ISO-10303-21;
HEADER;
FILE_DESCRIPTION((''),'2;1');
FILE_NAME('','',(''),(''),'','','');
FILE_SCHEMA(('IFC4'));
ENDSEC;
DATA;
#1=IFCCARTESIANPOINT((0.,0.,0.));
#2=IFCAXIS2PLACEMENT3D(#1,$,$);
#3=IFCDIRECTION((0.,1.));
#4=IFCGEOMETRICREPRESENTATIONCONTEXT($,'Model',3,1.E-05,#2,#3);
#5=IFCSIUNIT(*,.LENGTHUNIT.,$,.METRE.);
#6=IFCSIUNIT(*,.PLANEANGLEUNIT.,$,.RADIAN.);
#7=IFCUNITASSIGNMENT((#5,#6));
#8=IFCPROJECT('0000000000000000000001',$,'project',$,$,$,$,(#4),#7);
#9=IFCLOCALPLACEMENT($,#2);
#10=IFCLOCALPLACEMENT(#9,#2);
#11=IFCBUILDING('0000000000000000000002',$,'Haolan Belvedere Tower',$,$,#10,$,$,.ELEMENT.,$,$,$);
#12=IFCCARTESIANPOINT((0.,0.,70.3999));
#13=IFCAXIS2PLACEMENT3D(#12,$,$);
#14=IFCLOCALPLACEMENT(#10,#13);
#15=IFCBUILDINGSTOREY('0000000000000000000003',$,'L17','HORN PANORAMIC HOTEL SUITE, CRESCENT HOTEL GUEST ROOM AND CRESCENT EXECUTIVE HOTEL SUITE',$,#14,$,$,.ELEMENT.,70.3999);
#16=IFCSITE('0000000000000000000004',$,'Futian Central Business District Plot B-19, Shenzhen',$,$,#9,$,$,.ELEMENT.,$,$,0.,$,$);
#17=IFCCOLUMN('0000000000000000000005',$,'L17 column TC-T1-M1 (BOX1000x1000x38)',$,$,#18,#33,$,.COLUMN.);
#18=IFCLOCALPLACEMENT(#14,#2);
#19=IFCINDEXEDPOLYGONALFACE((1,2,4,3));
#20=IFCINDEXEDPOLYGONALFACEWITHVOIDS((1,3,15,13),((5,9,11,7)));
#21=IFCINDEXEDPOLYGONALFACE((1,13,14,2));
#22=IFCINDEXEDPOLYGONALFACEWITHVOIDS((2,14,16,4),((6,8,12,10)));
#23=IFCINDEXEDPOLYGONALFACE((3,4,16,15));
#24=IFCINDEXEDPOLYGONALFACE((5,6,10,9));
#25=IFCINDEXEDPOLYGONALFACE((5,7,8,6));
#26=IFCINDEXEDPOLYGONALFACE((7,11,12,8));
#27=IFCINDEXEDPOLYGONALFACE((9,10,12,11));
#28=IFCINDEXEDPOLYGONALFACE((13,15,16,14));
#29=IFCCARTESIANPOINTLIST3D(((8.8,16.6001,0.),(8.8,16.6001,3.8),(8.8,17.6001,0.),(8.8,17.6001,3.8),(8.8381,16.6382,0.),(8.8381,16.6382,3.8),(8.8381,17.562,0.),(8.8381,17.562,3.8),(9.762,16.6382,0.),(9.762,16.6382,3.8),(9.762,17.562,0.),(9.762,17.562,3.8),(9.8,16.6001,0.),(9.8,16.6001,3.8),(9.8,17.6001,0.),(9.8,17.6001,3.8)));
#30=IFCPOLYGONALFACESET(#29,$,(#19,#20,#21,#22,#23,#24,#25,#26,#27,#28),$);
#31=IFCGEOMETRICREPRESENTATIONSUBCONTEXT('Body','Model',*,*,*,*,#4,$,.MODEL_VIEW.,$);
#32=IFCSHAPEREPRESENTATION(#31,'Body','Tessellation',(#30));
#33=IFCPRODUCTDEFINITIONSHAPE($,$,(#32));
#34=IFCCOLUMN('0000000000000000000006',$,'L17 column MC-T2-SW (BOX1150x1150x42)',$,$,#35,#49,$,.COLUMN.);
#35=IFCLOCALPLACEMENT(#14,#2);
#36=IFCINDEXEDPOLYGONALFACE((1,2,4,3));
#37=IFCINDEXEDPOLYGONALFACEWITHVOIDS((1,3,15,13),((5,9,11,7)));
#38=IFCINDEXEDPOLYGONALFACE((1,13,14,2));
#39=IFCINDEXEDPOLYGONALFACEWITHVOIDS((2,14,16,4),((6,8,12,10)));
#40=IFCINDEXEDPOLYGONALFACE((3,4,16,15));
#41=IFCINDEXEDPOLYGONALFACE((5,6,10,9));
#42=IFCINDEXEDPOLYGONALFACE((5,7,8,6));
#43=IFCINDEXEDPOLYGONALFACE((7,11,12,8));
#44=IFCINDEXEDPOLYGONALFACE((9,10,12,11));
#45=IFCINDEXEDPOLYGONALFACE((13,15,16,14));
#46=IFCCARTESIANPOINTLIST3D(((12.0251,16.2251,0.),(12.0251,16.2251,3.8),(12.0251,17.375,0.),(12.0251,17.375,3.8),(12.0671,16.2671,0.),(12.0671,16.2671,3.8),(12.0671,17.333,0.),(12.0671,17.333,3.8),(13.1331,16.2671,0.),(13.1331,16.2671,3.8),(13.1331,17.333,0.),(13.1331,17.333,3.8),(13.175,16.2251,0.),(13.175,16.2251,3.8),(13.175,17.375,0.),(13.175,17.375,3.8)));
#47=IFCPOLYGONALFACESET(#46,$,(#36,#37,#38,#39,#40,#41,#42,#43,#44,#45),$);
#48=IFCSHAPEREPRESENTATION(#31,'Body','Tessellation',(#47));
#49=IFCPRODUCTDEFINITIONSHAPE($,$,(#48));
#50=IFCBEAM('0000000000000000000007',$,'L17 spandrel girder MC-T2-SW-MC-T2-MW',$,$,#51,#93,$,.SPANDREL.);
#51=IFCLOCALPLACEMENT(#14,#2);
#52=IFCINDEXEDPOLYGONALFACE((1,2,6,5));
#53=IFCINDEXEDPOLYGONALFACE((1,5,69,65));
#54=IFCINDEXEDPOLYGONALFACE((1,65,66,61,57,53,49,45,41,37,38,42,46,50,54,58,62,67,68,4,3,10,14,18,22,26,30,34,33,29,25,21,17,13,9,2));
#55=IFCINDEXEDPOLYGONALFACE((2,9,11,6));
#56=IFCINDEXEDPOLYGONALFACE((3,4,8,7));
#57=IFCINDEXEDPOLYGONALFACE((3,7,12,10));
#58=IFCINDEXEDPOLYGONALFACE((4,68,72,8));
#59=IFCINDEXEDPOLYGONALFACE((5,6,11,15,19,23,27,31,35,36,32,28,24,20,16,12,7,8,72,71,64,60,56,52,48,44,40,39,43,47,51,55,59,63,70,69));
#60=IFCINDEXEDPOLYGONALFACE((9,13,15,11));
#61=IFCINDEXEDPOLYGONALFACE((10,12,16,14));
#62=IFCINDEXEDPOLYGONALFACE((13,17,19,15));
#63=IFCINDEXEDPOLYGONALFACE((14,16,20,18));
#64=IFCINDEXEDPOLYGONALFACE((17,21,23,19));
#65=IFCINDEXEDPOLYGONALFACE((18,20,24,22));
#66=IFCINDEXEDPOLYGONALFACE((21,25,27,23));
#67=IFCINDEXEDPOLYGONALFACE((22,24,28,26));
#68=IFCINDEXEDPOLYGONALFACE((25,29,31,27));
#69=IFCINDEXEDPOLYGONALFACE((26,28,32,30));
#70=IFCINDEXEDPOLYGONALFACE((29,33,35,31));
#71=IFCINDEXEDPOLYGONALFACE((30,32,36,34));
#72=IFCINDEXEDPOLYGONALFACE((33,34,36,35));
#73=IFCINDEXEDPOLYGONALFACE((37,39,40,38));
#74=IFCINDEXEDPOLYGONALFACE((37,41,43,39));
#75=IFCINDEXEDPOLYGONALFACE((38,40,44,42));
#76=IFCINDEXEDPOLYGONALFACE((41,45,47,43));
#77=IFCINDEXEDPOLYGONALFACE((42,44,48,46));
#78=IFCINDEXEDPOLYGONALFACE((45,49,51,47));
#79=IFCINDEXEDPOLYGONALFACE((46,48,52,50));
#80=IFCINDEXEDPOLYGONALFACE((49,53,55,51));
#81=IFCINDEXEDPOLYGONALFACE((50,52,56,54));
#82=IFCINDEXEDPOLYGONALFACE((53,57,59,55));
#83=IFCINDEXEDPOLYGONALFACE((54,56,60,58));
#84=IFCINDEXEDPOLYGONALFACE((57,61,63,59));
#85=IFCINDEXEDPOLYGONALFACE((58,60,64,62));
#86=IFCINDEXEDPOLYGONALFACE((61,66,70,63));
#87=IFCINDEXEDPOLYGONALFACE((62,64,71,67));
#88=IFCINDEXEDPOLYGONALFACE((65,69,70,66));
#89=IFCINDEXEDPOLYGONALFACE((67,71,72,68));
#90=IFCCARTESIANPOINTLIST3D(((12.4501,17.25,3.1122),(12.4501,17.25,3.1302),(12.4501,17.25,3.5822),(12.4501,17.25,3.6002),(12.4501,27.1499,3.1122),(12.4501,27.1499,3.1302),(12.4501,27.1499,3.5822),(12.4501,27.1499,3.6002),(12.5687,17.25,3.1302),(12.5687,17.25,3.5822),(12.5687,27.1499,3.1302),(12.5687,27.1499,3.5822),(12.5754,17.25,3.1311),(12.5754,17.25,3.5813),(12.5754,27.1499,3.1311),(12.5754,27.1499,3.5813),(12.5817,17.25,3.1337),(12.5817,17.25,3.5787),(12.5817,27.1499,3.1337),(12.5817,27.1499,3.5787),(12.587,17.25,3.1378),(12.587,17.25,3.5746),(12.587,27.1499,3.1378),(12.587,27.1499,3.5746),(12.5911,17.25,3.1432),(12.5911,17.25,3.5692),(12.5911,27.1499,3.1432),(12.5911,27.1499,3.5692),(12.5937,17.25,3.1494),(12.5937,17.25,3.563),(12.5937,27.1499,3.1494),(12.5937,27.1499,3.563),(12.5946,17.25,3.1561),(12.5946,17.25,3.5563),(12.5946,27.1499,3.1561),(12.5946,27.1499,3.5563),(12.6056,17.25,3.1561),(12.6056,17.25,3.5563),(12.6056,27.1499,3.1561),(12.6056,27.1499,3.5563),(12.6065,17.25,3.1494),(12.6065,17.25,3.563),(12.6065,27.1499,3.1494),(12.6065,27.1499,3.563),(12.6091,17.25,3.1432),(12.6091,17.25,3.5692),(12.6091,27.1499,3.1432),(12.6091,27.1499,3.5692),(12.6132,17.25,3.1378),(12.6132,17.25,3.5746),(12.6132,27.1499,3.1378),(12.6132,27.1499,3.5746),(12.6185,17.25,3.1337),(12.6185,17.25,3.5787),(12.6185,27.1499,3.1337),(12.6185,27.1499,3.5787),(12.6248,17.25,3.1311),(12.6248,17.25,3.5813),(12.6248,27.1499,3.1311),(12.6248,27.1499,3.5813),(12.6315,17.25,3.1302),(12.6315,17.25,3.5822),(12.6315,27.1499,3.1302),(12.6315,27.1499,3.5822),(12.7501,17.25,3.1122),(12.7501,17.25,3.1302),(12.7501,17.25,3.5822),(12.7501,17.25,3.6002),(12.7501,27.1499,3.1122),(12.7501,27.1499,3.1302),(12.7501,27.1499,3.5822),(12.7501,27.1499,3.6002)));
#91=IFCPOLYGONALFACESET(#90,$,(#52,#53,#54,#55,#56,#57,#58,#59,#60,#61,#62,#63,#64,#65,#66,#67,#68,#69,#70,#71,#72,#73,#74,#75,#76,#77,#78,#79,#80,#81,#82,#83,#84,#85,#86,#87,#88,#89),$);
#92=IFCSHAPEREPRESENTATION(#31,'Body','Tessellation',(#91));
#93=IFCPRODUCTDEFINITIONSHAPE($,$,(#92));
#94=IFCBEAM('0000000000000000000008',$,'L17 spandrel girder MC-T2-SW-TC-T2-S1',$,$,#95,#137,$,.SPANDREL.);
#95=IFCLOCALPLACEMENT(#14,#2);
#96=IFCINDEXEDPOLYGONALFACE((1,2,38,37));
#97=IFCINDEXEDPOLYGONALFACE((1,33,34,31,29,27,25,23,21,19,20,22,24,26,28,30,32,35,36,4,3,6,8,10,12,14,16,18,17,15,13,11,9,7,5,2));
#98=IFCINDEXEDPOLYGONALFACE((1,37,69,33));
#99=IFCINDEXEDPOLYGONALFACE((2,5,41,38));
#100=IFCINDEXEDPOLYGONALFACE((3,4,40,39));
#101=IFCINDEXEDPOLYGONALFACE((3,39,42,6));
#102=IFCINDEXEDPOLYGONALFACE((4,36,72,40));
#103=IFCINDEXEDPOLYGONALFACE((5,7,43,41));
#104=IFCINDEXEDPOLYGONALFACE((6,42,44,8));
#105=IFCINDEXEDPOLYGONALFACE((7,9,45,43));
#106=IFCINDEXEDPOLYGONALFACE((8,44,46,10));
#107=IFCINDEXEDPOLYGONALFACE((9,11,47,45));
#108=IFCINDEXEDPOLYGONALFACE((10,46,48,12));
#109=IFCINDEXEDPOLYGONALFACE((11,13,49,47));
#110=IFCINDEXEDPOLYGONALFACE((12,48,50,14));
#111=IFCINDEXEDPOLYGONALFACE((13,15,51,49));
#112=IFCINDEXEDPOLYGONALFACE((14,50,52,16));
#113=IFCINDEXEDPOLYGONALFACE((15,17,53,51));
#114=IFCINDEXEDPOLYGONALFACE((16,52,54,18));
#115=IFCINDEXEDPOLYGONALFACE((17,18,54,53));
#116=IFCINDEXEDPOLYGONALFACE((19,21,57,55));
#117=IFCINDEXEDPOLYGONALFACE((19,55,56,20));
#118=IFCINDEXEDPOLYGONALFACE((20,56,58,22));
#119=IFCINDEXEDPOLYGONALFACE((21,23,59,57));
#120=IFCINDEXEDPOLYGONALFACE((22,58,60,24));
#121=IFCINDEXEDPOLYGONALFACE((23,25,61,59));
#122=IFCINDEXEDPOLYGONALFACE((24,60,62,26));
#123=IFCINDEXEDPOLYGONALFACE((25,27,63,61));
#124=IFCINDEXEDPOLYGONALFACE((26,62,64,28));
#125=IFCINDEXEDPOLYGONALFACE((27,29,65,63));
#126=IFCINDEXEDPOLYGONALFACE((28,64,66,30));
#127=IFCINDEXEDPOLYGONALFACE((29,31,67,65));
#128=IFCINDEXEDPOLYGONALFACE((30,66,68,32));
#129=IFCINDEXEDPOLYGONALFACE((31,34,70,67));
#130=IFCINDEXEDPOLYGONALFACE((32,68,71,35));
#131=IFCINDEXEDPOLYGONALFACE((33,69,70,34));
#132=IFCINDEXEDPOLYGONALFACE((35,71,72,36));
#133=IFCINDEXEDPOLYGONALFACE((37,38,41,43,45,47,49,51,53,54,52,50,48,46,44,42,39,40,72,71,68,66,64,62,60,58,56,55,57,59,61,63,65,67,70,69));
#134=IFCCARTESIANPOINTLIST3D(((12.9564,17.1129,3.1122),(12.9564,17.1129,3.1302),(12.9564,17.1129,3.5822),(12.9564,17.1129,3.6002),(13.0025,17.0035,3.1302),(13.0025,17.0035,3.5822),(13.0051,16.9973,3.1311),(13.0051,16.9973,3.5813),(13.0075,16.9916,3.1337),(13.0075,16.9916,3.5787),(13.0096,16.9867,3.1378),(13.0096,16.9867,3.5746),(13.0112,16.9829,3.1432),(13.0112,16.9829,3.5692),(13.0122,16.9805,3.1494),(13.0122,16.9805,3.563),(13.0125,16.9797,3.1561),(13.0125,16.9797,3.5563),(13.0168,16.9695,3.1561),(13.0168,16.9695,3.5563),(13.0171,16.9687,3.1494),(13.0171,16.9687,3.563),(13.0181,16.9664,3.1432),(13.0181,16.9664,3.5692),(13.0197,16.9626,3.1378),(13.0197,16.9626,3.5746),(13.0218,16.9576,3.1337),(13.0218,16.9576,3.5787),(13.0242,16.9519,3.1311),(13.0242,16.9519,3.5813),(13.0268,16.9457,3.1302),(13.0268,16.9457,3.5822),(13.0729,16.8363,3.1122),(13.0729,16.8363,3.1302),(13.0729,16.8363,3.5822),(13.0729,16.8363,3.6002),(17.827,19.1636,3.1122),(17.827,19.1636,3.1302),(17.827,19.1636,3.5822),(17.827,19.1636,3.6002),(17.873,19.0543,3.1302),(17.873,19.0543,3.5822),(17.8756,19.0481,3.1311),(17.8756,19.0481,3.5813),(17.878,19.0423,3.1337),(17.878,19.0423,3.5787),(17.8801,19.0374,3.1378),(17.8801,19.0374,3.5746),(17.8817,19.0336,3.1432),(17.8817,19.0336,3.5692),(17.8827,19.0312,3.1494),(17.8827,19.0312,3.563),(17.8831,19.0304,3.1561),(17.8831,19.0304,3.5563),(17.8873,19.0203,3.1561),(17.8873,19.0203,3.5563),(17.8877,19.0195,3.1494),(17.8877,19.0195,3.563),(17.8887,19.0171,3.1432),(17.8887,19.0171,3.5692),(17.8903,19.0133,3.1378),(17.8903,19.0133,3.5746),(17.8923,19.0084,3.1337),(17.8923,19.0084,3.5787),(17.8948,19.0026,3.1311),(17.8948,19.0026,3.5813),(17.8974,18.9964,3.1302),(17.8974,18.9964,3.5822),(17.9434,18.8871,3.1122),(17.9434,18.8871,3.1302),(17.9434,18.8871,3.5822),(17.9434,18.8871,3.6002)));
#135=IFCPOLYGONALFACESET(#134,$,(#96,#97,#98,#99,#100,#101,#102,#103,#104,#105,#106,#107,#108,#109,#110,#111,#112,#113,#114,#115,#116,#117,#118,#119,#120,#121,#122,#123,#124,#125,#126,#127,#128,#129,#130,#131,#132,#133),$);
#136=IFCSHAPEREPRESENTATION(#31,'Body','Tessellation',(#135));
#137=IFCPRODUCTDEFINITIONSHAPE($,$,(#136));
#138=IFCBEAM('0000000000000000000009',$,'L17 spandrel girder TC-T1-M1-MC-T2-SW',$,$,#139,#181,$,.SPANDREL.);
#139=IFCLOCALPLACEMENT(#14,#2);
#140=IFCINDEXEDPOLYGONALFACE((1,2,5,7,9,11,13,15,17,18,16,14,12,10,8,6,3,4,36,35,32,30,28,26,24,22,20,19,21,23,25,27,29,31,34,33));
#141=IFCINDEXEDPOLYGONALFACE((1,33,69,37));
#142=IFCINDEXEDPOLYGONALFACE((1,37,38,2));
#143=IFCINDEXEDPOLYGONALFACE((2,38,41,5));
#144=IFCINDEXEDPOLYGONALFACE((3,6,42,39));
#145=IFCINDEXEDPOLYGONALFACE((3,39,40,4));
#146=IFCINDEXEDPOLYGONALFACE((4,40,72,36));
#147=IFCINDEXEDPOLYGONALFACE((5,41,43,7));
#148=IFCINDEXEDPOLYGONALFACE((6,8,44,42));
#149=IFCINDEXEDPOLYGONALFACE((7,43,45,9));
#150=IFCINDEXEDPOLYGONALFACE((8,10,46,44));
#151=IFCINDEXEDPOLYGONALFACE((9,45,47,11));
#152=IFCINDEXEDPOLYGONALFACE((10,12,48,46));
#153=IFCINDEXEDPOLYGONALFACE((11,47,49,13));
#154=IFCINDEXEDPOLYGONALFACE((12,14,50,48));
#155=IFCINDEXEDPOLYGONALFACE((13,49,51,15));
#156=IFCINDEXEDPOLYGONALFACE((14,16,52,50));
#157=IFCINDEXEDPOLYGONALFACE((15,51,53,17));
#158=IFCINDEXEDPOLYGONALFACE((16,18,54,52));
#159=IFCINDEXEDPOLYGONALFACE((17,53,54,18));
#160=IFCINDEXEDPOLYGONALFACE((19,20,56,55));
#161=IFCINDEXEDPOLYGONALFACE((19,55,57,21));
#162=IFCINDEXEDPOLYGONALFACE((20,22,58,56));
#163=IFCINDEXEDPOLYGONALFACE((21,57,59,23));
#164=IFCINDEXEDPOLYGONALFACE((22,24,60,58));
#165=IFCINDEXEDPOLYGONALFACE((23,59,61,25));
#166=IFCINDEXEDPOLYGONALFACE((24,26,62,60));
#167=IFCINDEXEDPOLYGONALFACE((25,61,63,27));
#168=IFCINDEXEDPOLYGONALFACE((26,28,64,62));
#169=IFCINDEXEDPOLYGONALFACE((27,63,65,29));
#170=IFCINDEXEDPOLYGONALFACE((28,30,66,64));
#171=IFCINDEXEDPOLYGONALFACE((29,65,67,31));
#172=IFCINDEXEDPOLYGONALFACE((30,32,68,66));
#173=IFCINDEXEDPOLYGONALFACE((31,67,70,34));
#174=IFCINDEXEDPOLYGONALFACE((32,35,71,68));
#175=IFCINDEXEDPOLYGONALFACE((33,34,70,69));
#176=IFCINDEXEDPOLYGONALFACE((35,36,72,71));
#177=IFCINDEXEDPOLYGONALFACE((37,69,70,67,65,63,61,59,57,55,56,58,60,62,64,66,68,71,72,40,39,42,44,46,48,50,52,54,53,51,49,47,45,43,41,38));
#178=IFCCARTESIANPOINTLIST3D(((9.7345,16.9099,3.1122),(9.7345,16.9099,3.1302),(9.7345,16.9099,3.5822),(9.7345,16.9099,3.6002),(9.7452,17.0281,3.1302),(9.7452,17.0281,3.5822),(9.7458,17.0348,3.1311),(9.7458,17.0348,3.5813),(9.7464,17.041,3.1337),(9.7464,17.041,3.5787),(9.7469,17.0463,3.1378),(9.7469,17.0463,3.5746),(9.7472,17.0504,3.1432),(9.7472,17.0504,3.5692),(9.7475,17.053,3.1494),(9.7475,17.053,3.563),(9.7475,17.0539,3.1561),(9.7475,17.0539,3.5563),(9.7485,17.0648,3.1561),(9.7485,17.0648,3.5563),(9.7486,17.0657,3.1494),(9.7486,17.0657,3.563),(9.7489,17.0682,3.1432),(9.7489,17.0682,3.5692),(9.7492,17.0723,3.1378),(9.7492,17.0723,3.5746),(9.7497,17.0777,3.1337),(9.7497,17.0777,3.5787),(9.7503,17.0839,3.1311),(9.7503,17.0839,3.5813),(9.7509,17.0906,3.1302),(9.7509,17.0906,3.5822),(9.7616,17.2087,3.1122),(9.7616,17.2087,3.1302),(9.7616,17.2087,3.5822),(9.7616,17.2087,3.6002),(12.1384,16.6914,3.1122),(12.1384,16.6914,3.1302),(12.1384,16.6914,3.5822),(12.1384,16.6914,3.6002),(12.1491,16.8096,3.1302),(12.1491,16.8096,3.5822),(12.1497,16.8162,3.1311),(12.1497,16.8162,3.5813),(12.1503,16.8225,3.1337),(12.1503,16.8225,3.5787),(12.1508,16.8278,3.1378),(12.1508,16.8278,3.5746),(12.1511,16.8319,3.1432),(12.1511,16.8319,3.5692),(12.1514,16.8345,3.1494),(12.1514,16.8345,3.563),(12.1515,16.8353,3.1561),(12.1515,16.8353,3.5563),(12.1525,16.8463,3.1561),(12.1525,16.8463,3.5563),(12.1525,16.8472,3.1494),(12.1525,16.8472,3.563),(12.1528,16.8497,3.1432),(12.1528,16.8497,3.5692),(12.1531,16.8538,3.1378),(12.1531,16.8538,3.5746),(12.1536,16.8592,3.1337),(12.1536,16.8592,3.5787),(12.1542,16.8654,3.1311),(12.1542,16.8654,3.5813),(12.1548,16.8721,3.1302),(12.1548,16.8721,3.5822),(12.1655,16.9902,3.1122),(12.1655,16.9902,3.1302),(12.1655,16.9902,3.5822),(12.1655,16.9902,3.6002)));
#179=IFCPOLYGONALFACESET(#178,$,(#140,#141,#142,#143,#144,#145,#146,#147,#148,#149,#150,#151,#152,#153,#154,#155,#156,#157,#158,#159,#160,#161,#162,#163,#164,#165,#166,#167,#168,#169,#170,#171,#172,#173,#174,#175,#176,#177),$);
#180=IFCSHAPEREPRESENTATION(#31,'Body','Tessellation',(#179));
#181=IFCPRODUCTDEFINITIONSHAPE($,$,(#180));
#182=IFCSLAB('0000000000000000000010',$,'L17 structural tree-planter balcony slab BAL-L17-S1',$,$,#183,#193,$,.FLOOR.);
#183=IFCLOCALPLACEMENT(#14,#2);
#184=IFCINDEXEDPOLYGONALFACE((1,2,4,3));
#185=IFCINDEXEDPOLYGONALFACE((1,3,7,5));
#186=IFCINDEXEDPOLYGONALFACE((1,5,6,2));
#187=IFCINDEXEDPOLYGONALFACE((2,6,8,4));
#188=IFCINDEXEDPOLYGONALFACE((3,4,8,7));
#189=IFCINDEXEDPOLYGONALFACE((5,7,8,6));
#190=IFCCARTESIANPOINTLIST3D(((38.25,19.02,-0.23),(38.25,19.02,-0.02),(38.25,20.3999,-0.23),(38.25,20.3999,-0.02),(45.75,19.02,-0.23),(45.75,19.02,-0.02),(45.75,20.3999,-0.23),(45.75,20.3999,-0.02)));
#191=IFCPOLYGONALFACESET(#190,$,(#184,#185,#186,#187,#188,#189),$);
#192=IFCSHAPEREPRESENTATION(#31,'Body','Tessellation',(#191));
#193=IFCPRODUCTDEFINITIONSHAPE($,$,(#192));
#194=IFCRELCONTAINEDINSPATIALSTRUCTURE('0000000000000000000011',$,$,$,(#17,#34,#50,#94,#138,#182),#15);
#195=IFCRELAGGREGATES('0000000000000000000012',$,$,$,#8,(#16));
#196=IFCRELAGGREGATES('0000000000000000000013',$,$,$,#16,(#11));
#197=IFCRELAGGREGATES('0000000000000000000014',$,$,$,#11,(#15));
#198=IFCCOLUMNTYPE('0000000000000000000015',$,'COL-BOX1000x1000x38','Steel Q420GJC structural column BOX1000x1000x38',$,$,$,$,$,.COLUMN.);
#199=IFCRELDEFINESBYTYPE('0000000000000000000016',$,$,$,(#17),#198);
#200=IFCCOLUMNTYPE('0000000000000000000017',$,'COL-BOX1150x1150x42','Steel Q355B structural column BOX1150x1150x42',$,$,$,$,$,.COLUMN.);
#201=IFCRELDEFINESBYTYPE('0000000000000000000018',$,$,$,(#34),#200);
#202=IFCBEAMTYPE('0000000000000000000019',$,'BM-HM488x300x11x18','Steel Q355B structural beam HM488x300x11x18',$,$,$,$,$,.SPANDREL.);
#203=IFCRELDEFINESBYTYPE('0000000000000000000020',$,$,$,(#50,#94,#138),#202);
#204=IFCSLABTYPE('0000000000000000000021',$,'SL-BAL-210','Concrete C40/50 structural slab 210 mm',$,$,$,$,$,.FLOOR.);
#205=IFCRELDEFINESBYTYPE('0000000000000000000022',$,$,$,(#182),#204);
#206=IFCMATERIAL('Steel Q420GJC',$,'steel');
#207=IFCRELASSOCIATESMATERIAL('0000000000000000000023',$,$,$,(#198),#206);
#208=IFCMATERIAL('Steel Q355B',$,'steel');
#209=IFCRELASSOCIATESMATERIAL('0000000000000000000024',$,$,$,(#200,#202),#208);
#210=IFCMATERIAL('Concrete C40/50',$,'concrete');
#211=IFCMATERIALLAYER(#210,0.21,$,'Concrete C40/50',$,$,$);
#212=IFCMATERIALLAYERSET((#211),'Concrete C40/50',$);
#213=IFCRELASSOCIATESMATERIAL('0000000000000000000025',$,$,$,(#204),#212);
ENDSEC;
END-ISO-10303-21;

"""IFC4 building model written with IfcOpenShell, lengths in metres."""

from ifc_helpers import new_model, si_unit, direction, frame, origin, origin_2d, place, context, subcontext, project, spatial, polyline, hollow_rectangle, i_section, outline, extrude, material, layer, layer_set, material_profile, profile_set, type_object, element, save


model = new_model("IFC4")

# Units and contexts
model_context = context("Model", 3, precision=1e-05, world=origin(), true_north=direction((0.0, 1.0)))
body_context = subcontext(model_context, "Body", "Model", "MODEL_VIEW")
ifc_project = project(units=[si_unit("LENGTHUNIT", "METRE"), si_unit("PLANEANGLEUNIT", "RADIAN")], contexts=[model_context])

# Site, building, storey
site_placement = place(None, origin())
site = spatial("IfcSite", under=ifc_project, at=site_placement, Name="Futian Central Business District Plot B-19, Shenzhen", CompositionType="ELEMENT", RefElevation=0.0)
building_placement = place(site_placement, origin())
building = spatial("IfcBuilding", under=site, at=building_placement, Name="Haolan Belvedere Tower", CompositionType="ELEMENT")
storey_placement = place(building_placement, frame((0.0, 0.0, 70.3999)))
storey = spatial("IfcBuildingStorey", under=building, at=storey_placement, Name="L17", Description="HORN PANORAMIC HOTEL SUITE, CRESCENT HOTEL GUEST ROOM AND CRESCENT EXECUTIVE HOTEL SUITE", CompositionType="ELEMENT", Elevation=70.3999)

# Columns
ifc_material_1 = material(Name="Steel Q420GJC", Category="steel")
ifc_material_profile_1 = material_profile(ifc_material_1, hollow_rectangle(XDim=1.0, YDim=1.0, WallThickness=0.0381, at=origin_2d()), Name="Steel Q420GJC")
ifc_profile_set_1 = profile_set([ifc_material_profile_1], Name="Steel Q420GJC")
column_type_1 = type_object("IfcColumnType", Name="COL-BOX1000x1000x38", Description="Steel Q420GJC structural column BOX1000x1000x38", PredefinedType="COLUMN", material=ifc_profile_set_1)
column_1_placement = place(storey_placement, frame((9.3, 17.1001, 0.0), z_axis=(0.0, 0.0, 1.0), x_axis=(1.0, 0.0, 0.0)))
element("IfcColumn", 1, at=column_1_placement, inside=storey, type_object=column_type_1, Name="L17 column TC-T1-M1 (BOX1000x1000x38)", PredefinedType="COLUMN", context=body_context, shape_type="SweptSolid", body=[
    extrude(hollow_rectangle(XDim=1.0, YDim=1.0, WallThickness=0.0381, at=origin_2d()), origin(), (0.0, 0.0, 1.0), 3.8),
])
ifc_material_2 = material(Name="Steel Q355B", Category="steel")
ifc_material_profile_2 = material_profile(ifc_material_2, hollow_rectangle(XDim=1.1499, YDim=1.1499, WallThickness=0.042, at=origin_2d()), Name="Steel Q355B")
ifc_profile_set_2 = profile_set([ifc_material_profile_2], Name="Steel Q355B")
column_type_2 = type_object("IfcColumnType", Name="COL-BOX1150x1150x42", Description="Steel Q355B structural column BOX1150x1150x42", PredefinedType="COLUMN", material=ifc_profile_set_2)
column_2_placement = place(storey_placement, frame((12.6001, 16.8, 0.0), z_axis=(0.0, 0.0, 1.0), x_axis=(1.0, 0.0, 0.0)))
element("IfcColumn", 2, at=column_2_placement, inside=storey, type_object=column_type_2, Name="L17 column MC-T2-SW (BOX1150x1150x42)", PredefinedType="COLUMN", context=body_context, shape_type="SweptSolid", body=[
    extrude(hollow_rectangle(XDim=1.1499, YDim=1.1499, WallThickness=0.042, at=origin_2d()), origin(), (0.0, 0.0, 1.0), 3.8),
])

# Beams
ifc_material_profile_3 = material_profile(ifc_material_2, i_section(OverallWidth=0.3, OverallDepth=0.488, WebThickness=0.011, FlangeThickness=0.0181, FilletRadius=0.0259, at=origin_2d()), Name="Steel Q355B")
ifc_profile_set_3 = profile_set([ifc_material_profile_3], Name="Steel Q355B")
beam_type = type_object("IfcBeamType", Name="BM-HM488x300x11x18", Description="Steel Q355B structural beam HM488x300x11x18", PredefinedType="SPANDREL", material=ifc_profile_set_3)
beam_1_placement = place(storey_placement, frame((12.6001, 17.25, 3.3562), z_axis=(0.0, 1.0, 0.0), x_axis=(-1.0, 0.0, 0.0)))
element("IfcBeam", 3, at=beam_1_placement, inside=storey, type_object=beam_type, Name="L17 spandrel girder MC-T2-SW-MC-T2-MW", PredefinedType="SPANDREL", context=body_context, shape_type="SweptSolid", body=[
    extrude(i_section(OverallWidth=0.3, OverallDepth=0.488, WebThickness=0.011, FlangeThickness=0.0181, FilletRadius=0.0259, at=origin_2d()), origin(), (0.0, 0.0, 1.0), 9.8999),
])
beam_2_placement = place(storey_placement, frame((13.0146, 16.9746, 3.3562), z_axis=(0.921635, 0.388057, 0.0), x_axis=(-0.388057, 0.921635, 0.0)))
element("IfcBeam", 4, at=beam_2_placement, inside=storey, type_object=beam_type, Name="L17 spandrel girder MC-T2-SW-TC-T2-S1", PredefinedType="SPANDREL", context=body_context, shape_type="SweptSolid", body=[
    extrude(i_section(OverallWidth=0.3, OverallDepth=0.488, WebThickness=0.011, FlangeThickness=0.0181, FilletRadius=0.0259, at=origin_2d()), origin(), (0.0, 0.0, 1.0), 5.2847),
])
beam_3_placement = place(storey_placement, frame((9.748, 17.0593, 3.3562), z_axis=(0.995894, -0.090527, 0.0), x_axis=(0.090527, 0.995894, 0.0)))
element("IfcBeam", 5, at=beam_3_placement, inside=storey, type_object=beam_type, Name="L17 spandrel girder TC-T1-M1-MC-T2-SW", PredefinedType="SPANDREL", context=body_context, shape_type="SweptSolid", body=[
    extrude(i_section(OverallWidth=0.3, OverallDepth=0.488, WebThickness=0.011, FlangeThickness=0.0181, FilletRadius=0.0259, at=origin_2d()), origin(), (0.0, 0.0, 1.0), 2.4138),
])

# Slab
ifc_material_3 = material(Name="Concrete C40/50", Category="concrete")
ifc_layer_1 = layer(ifc_material_3, 0.21, Name="Concrete C40/50")
ifc_layer_set_1 = layer_set([ifc_layer_1], Name="Concrete C40/50")
slab_type_1 = type_object("IfcSlabType", Name="SL-BAL-210", Description="Concrete C40/50 structural slab 210 mm", PredefinedType="FLOOR", material=ifc_layer_set_1)
slab_1_placement = place(storey_placement, frame((0.0, 0.0, -0.23)))
element("IfcSlab", 6, at=slab_1_placement, inside=storey, type_object=slab_type_1, Name="L17 structural tree-planter balcony slab BAL-L17-S1", PredefinedType="FLOOR", context=body_context, shape_type="SweptSolid", body=[
    extrude(outline(polyline([(38.25, 19.02), (45.75, 19.02), (45.75, 20.3999), (38.25, 20.3999), (38.25, 19.02)])), origin(), (0.0, 0.0, 1.0), 0.21),
])

save(model, "model.ifc")
